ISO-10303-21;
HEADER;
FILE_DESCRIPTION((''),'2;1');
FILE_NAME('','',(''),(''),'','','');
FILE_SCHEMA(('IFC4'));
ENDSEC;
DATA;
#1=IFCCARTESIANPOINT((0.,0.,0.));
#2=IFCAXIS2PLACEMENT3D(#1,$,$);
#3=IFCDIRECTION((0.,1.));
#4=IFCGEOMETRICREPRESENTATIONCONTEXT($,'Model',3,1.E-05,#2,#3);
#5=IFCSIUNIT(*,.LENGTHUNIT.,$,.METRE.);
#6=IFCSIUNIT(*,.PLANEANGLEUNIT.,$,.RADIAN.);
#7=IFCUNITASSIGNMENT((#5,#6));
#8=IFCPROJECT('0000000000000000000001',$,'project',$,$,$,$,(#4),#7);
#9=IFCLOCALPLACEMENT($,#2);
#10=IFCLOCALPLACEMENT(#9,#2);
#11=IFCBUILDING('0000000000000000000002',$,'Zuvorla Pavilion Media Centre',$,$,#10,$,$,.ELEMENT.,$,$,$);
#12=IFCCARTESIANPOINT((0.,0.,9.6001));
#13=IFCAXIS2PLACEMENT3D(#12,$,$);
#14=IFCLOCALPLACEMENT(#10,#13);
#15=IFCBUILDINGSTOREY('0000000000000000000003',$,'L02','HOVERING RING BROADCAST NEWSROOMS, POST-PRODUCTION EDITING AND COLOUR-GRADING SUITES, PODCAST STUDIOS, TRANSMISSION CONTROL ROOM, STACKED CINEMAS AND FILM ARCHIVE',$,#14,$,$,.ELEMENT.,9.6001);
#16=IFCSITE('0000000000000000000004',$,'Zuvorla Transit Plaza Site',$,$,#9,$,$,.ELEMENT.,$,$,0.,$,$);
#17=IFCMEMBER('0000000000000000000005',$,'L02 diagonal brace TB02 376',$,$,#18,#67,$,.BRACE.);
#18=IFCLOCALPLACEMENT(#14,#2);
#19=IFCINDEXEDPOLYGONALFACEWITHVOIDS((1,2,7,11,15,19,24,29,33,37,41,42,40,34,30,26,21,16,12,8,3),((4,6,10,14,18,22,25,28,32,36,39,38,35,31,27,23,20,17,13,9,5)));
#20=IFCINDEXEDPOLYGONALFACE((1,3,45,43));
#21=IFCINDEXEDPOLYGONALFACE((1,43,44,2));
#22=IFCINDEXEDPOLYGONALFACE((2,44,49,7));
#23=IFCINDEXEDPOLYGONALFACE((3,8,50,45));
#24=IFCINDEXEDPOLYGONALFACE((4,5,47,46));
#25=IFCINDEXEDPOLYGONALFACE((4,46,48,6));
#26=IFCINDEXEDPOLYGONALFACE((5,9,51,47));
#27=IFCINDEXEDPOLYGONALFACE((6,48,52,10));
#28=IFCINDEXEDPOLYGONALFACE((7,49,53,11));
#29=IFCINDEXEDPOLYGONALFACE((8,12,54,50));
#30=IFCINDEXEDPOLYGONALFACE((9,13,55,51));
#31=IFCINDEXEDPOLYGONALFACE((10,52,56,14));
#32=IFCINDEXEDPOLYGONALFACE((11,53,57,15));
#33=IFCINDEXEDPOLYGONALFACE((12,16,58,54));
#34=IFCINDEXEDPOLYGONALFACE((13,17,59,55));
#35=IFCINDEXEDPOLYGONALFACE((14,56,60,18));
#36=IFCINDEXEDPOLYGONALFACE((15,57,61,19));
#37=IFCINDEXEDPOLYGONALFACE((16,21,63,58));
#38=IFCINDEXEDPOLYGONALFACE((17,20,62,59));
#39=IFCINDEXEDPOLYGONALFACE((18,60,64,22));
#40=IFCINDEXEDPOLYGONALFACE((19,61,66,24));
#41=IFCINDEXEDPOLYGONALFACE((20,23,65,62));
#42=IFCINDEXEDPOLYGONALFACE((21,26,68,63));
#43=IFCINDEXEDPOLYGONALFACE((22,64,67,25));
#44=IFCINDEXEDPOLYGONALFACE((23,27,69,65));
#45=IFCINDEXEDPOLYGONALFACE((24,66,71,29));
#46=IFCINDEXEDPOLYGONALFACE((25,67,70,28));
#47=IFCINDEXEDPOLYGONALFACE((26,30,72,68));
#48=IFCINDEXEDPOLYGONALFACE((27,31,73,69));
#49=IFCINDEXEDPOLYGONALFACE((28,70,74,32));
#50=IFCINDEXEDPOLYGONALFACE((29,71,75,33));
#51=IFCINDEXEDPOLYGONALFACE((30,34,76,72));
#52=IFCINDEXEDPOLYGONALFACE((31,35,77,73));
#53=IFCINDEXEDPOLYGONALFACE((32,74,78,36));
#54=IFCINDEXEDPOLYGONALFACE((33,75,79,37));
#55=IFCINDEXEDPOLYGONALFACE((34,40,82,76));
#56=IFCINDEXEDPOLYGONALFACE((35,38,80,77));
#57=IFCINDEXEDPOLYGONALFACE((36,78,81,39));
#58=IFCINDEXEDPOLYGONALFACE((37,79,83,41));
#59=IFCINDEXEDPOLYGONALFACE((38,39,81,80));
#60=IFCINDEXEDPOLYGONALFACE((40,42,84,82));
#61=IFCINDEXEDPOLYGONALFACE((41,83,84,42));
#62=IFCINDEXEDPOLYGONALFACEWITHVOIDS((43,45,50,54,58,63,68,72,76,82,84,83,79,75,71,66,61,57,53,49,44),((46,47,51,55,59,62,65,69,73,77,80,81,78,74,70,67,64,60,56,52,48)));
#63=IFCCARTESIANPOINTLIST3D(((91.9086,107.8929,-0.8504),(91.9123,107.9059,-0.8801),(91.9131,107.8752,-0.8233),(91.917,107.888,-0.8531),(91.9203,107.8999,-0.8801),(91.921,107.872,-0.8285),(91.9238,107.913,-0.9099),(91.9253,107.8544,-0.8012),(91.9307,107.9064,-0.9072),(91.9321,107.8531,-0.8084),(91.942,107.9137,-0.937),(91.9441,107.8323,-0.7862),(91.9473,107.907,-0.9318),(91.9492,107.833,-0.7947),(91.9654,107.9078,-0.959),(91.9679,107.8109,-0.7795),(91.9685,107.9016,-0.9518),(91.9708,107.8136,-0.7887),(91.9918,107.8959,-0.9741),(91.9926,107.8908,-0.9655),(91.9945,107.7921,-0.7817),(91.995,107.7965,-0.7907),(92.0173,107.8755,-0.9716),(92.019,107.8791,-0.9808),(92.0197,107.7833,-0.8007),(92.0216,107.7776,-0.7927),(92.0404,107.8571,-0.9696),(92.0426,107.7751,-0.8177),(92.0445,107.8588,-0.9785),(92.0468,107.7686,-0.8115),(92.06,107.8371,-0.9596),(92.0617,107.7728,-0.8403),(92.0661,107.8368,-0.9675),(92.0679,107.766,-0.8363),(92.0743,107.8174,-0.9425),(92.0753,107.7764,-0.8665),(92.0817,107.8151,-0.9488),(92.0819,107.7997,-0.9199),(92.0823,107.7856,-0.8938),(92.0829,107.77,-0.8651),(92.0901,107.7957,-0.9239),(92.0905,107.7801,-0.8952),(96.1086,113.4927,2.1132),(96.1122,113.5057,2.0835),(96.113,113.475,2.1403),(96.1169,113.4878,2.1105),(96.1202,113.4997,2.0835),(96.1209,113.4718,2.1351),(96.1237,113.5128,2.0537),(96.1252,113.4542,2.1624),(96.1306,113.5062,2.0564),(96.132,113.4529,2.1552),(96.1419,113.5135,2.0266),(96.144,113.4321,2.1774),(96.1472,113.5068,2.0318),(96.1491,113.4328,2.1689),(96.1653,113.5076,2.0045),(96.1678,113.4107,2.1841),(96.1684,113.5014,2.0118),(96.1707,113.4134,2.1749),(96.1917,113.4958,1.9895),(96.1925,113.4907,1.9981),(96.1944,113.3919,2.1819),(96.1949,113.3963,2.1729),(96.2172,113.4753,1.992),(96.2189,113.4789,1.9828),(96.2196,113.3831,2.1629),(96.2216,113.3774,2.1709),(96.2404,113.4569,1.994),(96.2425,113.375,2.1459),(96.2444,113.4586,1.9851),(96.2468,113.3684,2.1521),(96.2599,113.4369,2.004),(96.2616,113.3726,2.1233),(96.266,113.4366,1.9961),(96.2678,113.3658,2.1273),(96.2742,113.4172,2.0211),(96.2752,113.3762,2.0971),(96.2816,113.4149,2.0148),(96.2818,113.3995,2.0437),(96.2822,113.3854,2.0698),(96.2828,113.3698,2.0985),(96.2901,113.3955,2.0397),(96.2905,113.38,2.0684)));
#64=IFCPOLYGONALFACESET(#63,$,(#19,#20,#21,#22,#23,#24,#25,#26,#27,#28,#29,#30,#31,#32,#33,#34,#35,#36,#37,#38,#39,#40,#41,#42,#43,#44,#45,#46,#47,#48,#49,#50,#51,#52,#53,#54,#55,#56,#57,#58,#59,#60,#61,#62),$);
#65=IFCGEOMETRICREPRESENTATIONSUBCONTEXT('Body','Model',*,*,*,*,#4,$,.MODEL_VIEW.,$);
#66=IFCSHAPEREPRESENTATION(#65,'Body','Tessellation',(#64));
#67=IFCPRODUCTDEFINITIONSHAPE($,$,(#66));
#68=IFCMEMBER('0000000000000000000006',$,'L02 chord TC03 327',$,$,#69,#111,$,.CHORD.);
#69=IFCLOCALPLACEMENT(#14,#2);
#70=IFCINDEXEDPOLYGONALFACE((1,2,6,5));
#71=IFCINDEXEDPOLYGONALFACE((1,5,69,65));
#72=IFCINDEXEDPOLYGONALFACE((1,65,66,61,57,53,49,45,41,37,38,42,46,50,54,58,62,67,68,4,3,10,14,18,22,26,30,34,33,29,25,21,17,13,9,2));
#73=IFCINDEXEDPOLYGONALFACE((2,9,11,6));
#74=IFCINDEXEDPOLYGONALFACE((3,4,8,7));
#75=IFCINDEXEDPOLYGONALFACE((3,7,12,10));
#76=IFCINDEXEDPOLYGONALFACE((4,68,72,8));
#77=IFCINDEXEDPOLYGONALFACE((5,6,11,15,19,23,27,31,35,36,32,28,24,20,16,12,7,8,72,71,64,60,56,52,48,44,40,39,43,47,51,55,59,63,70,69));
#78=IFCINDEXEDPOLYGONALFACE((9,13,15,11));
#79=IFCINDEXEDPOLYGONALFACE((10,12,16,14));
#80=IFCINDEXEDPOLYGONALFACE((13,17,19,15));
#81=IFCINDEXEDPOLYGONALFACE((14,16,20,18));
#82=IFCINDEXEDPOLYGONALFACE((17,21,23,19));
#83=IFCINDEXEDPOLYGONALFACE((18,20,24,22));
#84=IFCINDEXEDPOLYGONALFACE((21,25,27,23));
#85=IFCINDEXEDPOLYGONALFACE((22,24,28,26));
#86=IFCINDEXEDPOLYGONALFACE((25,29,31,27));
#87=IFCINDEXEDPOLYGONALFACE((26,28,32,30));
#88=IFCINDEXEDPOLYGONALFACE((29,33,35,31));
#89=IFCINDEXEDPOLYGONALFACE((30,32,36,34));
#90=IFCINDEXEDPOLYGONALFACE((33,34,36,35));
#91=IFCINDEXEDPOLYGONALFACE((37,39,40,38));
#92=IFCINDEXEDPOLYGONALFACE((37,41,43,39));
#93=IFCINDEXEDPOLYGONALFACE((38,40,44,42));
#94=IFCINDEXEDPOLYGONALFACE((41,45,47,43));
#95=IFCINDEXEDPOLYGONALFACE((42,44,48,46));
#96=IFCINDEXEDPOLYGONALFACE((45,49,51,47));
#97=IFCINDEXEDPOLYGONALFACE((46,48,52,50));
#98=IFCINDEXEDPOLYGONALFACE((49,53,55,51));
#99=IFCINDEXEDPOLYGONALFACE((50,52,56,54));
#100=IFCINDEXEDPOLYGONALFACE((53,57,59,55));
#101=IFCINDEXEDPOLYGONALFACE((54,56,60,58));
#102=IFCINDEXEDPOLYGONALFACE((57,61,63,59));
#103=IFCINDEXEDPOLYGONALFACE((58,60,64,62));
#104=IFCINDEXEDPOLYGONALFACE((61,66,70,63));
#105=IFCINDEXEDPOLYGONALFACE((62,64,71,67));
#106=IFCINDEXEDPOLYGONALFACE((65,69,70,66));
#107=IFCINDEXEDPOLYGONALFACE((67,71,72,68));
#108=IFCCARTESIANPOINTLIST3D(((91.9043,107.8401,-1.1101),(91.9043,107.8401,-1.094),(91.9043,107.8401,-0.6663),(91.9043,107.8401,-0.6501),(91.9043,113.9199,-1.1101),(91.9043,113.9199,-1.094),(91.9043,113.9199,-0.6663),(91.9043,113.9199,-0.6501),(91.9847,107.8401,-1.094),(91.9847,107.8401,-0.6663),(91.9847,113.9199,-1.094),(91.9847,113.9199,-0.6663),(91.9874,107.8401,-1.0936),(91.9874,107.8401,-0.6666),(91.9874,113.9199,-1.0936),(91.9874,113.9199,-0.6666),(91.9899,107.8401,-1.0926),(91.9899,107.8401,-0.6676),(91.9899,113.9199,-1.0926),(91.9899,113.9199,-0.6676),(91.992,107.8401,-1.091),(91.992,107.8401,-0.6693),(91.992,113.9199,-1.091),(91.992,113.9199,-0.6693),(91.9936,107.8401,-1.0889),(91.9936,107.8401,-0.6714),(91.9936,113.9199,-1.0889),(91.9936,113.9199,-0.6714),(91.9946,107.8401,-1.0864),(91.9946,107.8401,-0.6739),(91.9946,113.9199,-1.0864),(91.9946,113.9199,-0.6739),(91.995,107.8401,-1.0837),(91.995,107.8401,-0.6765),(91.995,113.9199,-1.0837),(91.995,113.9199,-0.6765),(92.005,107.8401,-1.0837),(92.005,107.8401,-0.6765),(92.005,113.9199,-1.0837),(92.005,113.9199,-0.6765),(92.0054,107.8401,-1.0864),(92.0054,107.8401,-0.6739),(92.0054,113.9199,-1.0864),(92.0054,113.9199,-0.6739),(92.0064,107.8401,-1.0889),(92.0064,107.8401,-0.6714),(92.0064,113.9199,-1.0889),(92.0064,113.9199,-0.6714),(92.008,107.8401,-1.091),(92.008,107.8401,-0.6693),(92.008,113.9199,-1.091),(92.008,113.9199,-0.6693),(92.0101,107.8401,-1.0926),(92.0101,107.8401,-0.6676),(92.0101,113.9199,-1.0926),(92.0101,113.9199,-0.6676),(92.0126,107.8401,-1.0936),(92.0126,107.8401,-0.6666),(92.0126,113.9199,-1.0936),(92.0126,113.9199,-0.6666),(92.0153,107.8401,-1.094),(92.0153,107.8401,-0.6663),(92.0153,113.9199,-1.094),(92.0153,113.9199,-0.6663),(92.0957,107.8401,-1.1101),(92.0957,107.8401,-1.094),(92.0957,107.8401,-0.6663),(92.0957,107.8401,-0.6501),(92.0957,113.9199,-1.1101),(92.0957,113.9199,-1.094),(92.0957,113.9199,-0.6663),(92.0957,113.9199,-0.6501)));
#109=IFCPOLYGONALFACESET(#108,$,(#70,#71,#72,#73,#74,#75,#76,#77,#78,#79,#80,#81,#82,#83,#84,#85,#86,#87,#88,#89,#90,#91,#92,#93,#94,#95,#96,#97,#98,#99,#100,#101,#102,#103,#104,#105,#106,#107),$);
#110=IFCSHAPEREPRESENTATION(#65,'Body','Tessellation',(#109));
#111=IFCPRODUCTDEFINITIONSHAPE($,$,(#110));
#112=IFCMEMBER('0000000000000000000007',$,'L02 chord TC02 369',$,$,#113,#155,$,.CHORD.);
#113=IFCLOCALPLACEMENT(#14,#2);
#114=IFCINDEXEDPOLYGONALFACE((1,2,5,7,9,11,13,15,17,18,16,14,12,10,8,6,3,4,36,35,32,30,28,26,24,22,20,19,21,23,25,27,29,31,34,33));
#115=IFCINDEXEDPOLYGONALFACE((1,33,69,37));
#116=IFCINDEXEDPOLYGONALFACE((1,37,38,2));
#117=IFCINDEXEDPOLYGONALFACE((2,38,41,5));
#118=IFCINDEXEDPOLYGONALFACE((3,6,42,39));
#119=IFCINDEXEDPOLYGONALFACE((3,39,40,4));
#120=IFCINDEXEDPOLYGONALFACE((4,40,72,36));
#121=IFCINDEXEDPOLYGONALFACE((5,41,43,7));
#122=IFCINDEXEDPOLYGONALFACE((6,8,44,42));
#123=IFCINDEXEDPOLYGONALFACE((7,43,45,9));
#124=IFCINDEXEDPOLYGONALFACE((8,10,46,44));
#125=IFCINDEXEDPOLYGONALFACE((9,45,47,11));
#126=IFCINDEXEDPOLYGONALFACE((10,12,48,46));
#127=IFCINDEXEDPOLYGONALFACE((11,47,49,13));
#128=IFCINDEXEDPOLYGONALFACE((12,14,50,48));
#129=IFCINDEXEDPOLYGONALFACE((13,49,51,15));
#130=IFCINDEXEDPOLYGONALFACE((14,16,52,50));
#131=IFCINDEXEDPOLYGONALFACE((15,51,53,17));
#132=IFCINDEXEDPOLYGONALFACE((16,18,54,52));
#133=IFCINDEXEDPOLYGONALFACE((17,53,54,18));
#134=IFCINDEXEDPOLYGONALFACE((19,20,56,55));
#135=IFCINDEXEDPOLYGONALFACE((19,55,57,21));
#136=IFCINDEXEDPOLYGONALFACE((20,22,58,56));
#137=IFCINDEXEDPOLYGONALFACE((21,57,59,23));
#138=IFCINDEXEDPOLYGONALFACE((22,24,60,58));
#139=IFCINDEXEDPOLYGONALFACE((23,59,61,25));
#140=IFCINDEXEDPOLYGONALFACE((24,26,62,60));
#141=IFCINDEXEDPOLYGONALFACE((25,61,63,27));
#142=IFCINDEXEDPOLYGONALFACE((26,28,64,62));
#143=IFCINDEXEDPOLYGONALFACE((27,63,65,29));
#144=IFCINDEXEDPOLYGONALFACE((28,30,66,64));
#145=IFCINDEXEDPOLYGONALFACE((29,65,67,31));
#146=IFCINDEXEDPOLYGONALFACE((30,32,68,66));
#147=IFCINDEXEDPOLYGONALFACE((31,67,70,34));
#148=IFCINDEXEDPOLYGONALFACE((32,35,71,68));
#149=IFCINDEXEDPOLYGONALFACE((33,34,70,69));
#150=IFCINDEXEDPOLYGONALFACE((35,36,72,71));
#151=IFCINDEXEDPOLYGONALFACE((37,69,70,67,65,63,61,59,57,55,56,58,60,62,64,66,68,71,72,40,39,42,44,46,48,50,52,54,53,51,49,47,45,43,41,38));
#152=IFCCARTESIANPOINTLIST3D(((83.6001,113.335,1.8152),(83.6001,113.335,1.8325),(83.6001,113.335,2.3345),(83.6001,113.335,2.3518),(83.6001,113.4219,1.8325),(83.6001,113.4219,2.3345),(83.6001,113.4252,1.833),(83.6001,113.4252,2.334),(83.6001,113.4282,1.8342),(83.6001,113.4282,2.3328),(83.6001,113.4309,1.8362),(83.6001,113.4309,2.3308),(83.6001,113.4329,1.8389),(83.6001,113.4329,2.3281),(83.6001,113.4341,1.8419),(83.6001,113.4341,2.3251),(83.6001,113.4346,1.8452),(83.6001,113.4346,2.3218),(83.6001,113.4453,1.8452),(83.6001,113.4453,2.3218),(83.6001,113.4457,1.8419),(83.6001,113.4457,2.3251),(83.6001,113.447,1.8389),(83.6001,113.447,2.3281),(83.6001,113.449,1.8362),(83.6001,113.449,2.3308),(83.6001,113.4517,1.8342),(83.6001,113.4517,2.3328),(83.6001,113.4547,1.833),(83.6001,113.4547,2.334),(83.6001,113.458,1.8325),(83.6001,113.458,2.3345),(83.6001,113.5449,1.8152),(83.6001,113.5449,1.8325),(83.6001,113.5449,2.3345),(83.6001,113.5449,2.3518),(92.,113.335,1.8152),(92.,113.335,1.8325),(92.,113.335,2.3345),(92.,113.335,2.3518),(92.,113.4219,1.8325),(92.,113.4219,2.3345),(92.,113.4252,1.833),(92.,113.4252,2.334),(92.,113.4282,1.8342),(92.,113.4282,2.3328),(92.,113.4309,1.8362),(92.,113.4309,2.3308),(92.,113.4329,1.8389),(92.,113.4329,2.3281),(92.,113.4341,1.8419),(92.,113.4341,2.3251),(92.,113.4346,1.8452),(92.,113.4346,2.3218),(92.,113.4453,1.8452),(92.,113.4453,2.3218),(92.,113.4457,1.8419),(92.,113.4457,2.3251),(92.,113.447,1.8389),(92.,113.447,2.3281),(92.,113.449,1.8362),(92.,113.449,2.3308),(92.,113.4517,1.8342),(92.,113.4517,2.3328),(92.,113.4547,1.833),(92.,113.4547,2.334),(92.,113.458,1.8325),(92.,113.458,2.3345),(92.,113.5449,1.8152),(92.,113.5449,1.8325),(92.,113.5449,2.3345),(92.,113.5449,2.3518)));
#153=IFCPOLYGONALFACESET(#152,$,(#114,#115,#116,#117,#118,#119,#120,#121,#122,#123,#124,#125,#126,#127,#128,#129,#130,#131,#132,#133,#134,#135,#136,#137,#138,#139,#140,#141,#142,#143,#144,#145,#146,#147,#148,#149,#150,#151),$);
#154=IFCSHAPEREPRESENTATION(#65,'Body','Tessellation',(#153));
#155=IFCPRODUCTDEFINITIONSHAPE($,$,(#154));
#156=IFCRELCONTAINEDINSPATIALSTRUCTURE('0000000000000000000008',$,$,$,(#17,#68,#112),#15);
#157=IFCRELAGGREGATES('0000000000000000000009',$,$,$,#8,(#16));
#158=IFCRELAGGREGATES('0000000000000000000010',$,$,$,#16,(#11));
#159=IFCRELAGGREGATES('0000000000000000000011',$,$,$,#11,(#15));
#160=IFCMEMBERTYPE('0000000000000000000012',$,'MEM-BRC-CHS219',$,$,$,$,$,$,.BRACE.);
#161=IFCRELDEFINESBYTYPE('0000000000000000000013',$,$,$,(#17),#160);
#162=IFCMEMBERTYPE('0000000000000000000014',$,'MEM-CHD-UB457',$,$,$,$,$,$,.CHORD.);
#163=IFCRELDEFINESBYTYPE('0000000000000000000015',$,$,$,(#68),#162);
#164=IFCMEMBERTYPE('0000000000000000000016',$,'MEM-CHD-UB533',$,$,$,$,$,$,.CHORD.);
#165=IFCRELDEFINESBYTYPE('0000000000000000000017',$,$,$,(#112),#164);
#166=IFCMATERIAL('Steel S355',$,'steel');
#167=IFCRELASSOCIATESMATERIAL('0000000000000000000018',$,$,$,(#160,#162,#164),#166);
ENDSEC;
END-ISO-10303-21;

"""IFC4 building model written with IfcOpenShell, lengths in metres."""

from ifc_helpers import new_model, si_unit, direction, frame, origin, origin_2d, place, context, subcontext, project, spatial, hollow_circle, i_section, extrude, material, material_profile, profile_set, type_object, element, save


model = new_model("IFC4")

# Units and contexts
model_context = context("Model", 3, precision=1e-05, world=origin(), true_north=direction((0.0, 1.0)))
body_context = subcontext(model_context, "Body", "Model", "MODEL_VIEW")
ifc_project = project(units=[si_unit("LENGTHUNIT", "METRE"), si_unit("PLANEANGLEUNIT", "RADIAN")], contexts=[model_context])

# Site, building, storey
site_placement = place(None, origin())
site = spatial("IfcSite", under=ifc_project, at=site_placement, Name="Zuvorla Transit Plaza Site", CompositionType="ELEMENT", RefElevation=0.0)
building_placement = place(site_placement, origin())
building = spatial("IfcBuilding", under=site, at=building_placement, Name="Zuvorla Pavilion Media Centre", CompositionType="ELEMENT")
storey_placement = place(building_placement, frame((0.0, 0.0, 9.6001)))
storey = spatial("IfcBuildingStorey", under=building, at=storey_placement, Name="L02", Description="HOVERING RING BROADCAST NEWSROOMS, POST-PRODUCTION EDITING AND COLOUR-GRADING SUITES, PODCAST STUDIOS, TRANSMISSION CONTROL ROOM, STACKED CINEMAS AND FILM ARCHIVE", CompositionType="ELEMENT", Elevation=9.6001)

# Members
ifc_material_1 = material(Name="Steel S355", Category="steel")
ifc_material_profile_1 = material_profile(ifc_material_1, hollow_circle(Radius=0.1096, WallThickness=0.01, at=origin_2d()), Name="CHS 219.1x10")
ifc_profile_set_1 = profile_set([ifc_material_profile_1], Name="Steel S355")
member_type_1 = type_object("IfcMemberType", Name="MEM-BRC-CHS219", PredefinedType="BRACE", material=ifc_profile_set_1)
for number, where, z_axis, x_axis, name in (
    (1, (92.0, 107.8401, -0.8801), (0.552525, 0.736689, 0.389879), (-0.799996, 0.600006, 0.0), "L02 diagonal brace TB02 376"),
):
    element("IfcMember", number, at=place(storey_placement, frame(where, z_axis=z_axis, x_axis=x_axis)), inside=storey, type_object=member_type_1, Name=name, PredefinedType="BRACE", context=body_context, shape_type="SweptSolid", body=[
        extrude(hollow_circle(Radius=0.1096, WallThickness=0.01, at=origin_2d()), origin(), (0.0, 0.0, 1.0), 7.6013),
    ])
ifc_material_profile_2 = material_profile(ifc_material_1, i_section(OverallWidth=0.1914, OverallDepth=0.46, WebThickness=0.01, FlangeThickness=0.0161, FilletRadius=0.0103, at=origin_2d()), Name="UB 457x191x82")
ifc_profile_set_2 = profile_set([ifc_material_profile_2], Name="Steel S355")
member_type_2 = type_object("IfcMemberType", Name="MEM-CHD-UB457", PredefinedType="CHORD", material=ifc_profile_set_2)
member_1_placement = place(storey_placement, frame((92.0, 107.8401, -0.8801), z_axis=(0.0, 1.0, 0.0), x_axis=(-1.0, 0.0, 0.0)))
element("IfcMember", 2, at=member_1_placement, inside=storey, type_object=member_type_2, Name="L02 chord TC03 327", PredefinedType="CHORD", context=body_context, shape_type="SweptSolid", body=[
    extrude(i_section(OverallWidth=0.1914, OverallDepth=0.46, WebThickness=0.01, FlangeThickness=0.0161, FilletRadius=0.0103, at=origin_2d()), origin(), (0.0, 0.0, 1.0), 6.0798),
])
ifc_material_profile_3 = material_profile(ifc_material_1, i_section(OverallWidth=0.21, OverallDepth=0.5366, WebThickness=0.0107, FlangeThickness=0.0173, FilletRadius=0.0127, at=origin_2d()), Name="UB 533x210x101")
ifc_profile_set_3 = profile_set([ifc_material_profile_3], Name="Steel S355")
member_type_3 = type_object("IfcMemberType", Name="MEM-CHD-UB533", PredefinedType="CHORD", material=ifc_profile_set_3)
member_2_placement = place(storey_placement, frame((83.6001, 113.4399, 2.0835), z_axis=(1.0, 0.0, 0.0), x_axis=(0.0, 1.0, 0.0)))
element("IfcMember", 3, at=member_2_placement, inside=storey, type_object=member_type_3, Name="L02 chord TC02 369", PredefinedType="CHORD", context=body_context, shape_type="SweptSolid", body=[
    extrude(i_section(OverallWidth=0.21, OverallDepth=0.5366, WebThickness=0.0107, FlangeThickness=0.0173, FilletRadius=0.0127, at=origin_2d()), origin(), (0.0, 0.0, 1.0), 8.3999),
])

save(model, "model.ifc")
